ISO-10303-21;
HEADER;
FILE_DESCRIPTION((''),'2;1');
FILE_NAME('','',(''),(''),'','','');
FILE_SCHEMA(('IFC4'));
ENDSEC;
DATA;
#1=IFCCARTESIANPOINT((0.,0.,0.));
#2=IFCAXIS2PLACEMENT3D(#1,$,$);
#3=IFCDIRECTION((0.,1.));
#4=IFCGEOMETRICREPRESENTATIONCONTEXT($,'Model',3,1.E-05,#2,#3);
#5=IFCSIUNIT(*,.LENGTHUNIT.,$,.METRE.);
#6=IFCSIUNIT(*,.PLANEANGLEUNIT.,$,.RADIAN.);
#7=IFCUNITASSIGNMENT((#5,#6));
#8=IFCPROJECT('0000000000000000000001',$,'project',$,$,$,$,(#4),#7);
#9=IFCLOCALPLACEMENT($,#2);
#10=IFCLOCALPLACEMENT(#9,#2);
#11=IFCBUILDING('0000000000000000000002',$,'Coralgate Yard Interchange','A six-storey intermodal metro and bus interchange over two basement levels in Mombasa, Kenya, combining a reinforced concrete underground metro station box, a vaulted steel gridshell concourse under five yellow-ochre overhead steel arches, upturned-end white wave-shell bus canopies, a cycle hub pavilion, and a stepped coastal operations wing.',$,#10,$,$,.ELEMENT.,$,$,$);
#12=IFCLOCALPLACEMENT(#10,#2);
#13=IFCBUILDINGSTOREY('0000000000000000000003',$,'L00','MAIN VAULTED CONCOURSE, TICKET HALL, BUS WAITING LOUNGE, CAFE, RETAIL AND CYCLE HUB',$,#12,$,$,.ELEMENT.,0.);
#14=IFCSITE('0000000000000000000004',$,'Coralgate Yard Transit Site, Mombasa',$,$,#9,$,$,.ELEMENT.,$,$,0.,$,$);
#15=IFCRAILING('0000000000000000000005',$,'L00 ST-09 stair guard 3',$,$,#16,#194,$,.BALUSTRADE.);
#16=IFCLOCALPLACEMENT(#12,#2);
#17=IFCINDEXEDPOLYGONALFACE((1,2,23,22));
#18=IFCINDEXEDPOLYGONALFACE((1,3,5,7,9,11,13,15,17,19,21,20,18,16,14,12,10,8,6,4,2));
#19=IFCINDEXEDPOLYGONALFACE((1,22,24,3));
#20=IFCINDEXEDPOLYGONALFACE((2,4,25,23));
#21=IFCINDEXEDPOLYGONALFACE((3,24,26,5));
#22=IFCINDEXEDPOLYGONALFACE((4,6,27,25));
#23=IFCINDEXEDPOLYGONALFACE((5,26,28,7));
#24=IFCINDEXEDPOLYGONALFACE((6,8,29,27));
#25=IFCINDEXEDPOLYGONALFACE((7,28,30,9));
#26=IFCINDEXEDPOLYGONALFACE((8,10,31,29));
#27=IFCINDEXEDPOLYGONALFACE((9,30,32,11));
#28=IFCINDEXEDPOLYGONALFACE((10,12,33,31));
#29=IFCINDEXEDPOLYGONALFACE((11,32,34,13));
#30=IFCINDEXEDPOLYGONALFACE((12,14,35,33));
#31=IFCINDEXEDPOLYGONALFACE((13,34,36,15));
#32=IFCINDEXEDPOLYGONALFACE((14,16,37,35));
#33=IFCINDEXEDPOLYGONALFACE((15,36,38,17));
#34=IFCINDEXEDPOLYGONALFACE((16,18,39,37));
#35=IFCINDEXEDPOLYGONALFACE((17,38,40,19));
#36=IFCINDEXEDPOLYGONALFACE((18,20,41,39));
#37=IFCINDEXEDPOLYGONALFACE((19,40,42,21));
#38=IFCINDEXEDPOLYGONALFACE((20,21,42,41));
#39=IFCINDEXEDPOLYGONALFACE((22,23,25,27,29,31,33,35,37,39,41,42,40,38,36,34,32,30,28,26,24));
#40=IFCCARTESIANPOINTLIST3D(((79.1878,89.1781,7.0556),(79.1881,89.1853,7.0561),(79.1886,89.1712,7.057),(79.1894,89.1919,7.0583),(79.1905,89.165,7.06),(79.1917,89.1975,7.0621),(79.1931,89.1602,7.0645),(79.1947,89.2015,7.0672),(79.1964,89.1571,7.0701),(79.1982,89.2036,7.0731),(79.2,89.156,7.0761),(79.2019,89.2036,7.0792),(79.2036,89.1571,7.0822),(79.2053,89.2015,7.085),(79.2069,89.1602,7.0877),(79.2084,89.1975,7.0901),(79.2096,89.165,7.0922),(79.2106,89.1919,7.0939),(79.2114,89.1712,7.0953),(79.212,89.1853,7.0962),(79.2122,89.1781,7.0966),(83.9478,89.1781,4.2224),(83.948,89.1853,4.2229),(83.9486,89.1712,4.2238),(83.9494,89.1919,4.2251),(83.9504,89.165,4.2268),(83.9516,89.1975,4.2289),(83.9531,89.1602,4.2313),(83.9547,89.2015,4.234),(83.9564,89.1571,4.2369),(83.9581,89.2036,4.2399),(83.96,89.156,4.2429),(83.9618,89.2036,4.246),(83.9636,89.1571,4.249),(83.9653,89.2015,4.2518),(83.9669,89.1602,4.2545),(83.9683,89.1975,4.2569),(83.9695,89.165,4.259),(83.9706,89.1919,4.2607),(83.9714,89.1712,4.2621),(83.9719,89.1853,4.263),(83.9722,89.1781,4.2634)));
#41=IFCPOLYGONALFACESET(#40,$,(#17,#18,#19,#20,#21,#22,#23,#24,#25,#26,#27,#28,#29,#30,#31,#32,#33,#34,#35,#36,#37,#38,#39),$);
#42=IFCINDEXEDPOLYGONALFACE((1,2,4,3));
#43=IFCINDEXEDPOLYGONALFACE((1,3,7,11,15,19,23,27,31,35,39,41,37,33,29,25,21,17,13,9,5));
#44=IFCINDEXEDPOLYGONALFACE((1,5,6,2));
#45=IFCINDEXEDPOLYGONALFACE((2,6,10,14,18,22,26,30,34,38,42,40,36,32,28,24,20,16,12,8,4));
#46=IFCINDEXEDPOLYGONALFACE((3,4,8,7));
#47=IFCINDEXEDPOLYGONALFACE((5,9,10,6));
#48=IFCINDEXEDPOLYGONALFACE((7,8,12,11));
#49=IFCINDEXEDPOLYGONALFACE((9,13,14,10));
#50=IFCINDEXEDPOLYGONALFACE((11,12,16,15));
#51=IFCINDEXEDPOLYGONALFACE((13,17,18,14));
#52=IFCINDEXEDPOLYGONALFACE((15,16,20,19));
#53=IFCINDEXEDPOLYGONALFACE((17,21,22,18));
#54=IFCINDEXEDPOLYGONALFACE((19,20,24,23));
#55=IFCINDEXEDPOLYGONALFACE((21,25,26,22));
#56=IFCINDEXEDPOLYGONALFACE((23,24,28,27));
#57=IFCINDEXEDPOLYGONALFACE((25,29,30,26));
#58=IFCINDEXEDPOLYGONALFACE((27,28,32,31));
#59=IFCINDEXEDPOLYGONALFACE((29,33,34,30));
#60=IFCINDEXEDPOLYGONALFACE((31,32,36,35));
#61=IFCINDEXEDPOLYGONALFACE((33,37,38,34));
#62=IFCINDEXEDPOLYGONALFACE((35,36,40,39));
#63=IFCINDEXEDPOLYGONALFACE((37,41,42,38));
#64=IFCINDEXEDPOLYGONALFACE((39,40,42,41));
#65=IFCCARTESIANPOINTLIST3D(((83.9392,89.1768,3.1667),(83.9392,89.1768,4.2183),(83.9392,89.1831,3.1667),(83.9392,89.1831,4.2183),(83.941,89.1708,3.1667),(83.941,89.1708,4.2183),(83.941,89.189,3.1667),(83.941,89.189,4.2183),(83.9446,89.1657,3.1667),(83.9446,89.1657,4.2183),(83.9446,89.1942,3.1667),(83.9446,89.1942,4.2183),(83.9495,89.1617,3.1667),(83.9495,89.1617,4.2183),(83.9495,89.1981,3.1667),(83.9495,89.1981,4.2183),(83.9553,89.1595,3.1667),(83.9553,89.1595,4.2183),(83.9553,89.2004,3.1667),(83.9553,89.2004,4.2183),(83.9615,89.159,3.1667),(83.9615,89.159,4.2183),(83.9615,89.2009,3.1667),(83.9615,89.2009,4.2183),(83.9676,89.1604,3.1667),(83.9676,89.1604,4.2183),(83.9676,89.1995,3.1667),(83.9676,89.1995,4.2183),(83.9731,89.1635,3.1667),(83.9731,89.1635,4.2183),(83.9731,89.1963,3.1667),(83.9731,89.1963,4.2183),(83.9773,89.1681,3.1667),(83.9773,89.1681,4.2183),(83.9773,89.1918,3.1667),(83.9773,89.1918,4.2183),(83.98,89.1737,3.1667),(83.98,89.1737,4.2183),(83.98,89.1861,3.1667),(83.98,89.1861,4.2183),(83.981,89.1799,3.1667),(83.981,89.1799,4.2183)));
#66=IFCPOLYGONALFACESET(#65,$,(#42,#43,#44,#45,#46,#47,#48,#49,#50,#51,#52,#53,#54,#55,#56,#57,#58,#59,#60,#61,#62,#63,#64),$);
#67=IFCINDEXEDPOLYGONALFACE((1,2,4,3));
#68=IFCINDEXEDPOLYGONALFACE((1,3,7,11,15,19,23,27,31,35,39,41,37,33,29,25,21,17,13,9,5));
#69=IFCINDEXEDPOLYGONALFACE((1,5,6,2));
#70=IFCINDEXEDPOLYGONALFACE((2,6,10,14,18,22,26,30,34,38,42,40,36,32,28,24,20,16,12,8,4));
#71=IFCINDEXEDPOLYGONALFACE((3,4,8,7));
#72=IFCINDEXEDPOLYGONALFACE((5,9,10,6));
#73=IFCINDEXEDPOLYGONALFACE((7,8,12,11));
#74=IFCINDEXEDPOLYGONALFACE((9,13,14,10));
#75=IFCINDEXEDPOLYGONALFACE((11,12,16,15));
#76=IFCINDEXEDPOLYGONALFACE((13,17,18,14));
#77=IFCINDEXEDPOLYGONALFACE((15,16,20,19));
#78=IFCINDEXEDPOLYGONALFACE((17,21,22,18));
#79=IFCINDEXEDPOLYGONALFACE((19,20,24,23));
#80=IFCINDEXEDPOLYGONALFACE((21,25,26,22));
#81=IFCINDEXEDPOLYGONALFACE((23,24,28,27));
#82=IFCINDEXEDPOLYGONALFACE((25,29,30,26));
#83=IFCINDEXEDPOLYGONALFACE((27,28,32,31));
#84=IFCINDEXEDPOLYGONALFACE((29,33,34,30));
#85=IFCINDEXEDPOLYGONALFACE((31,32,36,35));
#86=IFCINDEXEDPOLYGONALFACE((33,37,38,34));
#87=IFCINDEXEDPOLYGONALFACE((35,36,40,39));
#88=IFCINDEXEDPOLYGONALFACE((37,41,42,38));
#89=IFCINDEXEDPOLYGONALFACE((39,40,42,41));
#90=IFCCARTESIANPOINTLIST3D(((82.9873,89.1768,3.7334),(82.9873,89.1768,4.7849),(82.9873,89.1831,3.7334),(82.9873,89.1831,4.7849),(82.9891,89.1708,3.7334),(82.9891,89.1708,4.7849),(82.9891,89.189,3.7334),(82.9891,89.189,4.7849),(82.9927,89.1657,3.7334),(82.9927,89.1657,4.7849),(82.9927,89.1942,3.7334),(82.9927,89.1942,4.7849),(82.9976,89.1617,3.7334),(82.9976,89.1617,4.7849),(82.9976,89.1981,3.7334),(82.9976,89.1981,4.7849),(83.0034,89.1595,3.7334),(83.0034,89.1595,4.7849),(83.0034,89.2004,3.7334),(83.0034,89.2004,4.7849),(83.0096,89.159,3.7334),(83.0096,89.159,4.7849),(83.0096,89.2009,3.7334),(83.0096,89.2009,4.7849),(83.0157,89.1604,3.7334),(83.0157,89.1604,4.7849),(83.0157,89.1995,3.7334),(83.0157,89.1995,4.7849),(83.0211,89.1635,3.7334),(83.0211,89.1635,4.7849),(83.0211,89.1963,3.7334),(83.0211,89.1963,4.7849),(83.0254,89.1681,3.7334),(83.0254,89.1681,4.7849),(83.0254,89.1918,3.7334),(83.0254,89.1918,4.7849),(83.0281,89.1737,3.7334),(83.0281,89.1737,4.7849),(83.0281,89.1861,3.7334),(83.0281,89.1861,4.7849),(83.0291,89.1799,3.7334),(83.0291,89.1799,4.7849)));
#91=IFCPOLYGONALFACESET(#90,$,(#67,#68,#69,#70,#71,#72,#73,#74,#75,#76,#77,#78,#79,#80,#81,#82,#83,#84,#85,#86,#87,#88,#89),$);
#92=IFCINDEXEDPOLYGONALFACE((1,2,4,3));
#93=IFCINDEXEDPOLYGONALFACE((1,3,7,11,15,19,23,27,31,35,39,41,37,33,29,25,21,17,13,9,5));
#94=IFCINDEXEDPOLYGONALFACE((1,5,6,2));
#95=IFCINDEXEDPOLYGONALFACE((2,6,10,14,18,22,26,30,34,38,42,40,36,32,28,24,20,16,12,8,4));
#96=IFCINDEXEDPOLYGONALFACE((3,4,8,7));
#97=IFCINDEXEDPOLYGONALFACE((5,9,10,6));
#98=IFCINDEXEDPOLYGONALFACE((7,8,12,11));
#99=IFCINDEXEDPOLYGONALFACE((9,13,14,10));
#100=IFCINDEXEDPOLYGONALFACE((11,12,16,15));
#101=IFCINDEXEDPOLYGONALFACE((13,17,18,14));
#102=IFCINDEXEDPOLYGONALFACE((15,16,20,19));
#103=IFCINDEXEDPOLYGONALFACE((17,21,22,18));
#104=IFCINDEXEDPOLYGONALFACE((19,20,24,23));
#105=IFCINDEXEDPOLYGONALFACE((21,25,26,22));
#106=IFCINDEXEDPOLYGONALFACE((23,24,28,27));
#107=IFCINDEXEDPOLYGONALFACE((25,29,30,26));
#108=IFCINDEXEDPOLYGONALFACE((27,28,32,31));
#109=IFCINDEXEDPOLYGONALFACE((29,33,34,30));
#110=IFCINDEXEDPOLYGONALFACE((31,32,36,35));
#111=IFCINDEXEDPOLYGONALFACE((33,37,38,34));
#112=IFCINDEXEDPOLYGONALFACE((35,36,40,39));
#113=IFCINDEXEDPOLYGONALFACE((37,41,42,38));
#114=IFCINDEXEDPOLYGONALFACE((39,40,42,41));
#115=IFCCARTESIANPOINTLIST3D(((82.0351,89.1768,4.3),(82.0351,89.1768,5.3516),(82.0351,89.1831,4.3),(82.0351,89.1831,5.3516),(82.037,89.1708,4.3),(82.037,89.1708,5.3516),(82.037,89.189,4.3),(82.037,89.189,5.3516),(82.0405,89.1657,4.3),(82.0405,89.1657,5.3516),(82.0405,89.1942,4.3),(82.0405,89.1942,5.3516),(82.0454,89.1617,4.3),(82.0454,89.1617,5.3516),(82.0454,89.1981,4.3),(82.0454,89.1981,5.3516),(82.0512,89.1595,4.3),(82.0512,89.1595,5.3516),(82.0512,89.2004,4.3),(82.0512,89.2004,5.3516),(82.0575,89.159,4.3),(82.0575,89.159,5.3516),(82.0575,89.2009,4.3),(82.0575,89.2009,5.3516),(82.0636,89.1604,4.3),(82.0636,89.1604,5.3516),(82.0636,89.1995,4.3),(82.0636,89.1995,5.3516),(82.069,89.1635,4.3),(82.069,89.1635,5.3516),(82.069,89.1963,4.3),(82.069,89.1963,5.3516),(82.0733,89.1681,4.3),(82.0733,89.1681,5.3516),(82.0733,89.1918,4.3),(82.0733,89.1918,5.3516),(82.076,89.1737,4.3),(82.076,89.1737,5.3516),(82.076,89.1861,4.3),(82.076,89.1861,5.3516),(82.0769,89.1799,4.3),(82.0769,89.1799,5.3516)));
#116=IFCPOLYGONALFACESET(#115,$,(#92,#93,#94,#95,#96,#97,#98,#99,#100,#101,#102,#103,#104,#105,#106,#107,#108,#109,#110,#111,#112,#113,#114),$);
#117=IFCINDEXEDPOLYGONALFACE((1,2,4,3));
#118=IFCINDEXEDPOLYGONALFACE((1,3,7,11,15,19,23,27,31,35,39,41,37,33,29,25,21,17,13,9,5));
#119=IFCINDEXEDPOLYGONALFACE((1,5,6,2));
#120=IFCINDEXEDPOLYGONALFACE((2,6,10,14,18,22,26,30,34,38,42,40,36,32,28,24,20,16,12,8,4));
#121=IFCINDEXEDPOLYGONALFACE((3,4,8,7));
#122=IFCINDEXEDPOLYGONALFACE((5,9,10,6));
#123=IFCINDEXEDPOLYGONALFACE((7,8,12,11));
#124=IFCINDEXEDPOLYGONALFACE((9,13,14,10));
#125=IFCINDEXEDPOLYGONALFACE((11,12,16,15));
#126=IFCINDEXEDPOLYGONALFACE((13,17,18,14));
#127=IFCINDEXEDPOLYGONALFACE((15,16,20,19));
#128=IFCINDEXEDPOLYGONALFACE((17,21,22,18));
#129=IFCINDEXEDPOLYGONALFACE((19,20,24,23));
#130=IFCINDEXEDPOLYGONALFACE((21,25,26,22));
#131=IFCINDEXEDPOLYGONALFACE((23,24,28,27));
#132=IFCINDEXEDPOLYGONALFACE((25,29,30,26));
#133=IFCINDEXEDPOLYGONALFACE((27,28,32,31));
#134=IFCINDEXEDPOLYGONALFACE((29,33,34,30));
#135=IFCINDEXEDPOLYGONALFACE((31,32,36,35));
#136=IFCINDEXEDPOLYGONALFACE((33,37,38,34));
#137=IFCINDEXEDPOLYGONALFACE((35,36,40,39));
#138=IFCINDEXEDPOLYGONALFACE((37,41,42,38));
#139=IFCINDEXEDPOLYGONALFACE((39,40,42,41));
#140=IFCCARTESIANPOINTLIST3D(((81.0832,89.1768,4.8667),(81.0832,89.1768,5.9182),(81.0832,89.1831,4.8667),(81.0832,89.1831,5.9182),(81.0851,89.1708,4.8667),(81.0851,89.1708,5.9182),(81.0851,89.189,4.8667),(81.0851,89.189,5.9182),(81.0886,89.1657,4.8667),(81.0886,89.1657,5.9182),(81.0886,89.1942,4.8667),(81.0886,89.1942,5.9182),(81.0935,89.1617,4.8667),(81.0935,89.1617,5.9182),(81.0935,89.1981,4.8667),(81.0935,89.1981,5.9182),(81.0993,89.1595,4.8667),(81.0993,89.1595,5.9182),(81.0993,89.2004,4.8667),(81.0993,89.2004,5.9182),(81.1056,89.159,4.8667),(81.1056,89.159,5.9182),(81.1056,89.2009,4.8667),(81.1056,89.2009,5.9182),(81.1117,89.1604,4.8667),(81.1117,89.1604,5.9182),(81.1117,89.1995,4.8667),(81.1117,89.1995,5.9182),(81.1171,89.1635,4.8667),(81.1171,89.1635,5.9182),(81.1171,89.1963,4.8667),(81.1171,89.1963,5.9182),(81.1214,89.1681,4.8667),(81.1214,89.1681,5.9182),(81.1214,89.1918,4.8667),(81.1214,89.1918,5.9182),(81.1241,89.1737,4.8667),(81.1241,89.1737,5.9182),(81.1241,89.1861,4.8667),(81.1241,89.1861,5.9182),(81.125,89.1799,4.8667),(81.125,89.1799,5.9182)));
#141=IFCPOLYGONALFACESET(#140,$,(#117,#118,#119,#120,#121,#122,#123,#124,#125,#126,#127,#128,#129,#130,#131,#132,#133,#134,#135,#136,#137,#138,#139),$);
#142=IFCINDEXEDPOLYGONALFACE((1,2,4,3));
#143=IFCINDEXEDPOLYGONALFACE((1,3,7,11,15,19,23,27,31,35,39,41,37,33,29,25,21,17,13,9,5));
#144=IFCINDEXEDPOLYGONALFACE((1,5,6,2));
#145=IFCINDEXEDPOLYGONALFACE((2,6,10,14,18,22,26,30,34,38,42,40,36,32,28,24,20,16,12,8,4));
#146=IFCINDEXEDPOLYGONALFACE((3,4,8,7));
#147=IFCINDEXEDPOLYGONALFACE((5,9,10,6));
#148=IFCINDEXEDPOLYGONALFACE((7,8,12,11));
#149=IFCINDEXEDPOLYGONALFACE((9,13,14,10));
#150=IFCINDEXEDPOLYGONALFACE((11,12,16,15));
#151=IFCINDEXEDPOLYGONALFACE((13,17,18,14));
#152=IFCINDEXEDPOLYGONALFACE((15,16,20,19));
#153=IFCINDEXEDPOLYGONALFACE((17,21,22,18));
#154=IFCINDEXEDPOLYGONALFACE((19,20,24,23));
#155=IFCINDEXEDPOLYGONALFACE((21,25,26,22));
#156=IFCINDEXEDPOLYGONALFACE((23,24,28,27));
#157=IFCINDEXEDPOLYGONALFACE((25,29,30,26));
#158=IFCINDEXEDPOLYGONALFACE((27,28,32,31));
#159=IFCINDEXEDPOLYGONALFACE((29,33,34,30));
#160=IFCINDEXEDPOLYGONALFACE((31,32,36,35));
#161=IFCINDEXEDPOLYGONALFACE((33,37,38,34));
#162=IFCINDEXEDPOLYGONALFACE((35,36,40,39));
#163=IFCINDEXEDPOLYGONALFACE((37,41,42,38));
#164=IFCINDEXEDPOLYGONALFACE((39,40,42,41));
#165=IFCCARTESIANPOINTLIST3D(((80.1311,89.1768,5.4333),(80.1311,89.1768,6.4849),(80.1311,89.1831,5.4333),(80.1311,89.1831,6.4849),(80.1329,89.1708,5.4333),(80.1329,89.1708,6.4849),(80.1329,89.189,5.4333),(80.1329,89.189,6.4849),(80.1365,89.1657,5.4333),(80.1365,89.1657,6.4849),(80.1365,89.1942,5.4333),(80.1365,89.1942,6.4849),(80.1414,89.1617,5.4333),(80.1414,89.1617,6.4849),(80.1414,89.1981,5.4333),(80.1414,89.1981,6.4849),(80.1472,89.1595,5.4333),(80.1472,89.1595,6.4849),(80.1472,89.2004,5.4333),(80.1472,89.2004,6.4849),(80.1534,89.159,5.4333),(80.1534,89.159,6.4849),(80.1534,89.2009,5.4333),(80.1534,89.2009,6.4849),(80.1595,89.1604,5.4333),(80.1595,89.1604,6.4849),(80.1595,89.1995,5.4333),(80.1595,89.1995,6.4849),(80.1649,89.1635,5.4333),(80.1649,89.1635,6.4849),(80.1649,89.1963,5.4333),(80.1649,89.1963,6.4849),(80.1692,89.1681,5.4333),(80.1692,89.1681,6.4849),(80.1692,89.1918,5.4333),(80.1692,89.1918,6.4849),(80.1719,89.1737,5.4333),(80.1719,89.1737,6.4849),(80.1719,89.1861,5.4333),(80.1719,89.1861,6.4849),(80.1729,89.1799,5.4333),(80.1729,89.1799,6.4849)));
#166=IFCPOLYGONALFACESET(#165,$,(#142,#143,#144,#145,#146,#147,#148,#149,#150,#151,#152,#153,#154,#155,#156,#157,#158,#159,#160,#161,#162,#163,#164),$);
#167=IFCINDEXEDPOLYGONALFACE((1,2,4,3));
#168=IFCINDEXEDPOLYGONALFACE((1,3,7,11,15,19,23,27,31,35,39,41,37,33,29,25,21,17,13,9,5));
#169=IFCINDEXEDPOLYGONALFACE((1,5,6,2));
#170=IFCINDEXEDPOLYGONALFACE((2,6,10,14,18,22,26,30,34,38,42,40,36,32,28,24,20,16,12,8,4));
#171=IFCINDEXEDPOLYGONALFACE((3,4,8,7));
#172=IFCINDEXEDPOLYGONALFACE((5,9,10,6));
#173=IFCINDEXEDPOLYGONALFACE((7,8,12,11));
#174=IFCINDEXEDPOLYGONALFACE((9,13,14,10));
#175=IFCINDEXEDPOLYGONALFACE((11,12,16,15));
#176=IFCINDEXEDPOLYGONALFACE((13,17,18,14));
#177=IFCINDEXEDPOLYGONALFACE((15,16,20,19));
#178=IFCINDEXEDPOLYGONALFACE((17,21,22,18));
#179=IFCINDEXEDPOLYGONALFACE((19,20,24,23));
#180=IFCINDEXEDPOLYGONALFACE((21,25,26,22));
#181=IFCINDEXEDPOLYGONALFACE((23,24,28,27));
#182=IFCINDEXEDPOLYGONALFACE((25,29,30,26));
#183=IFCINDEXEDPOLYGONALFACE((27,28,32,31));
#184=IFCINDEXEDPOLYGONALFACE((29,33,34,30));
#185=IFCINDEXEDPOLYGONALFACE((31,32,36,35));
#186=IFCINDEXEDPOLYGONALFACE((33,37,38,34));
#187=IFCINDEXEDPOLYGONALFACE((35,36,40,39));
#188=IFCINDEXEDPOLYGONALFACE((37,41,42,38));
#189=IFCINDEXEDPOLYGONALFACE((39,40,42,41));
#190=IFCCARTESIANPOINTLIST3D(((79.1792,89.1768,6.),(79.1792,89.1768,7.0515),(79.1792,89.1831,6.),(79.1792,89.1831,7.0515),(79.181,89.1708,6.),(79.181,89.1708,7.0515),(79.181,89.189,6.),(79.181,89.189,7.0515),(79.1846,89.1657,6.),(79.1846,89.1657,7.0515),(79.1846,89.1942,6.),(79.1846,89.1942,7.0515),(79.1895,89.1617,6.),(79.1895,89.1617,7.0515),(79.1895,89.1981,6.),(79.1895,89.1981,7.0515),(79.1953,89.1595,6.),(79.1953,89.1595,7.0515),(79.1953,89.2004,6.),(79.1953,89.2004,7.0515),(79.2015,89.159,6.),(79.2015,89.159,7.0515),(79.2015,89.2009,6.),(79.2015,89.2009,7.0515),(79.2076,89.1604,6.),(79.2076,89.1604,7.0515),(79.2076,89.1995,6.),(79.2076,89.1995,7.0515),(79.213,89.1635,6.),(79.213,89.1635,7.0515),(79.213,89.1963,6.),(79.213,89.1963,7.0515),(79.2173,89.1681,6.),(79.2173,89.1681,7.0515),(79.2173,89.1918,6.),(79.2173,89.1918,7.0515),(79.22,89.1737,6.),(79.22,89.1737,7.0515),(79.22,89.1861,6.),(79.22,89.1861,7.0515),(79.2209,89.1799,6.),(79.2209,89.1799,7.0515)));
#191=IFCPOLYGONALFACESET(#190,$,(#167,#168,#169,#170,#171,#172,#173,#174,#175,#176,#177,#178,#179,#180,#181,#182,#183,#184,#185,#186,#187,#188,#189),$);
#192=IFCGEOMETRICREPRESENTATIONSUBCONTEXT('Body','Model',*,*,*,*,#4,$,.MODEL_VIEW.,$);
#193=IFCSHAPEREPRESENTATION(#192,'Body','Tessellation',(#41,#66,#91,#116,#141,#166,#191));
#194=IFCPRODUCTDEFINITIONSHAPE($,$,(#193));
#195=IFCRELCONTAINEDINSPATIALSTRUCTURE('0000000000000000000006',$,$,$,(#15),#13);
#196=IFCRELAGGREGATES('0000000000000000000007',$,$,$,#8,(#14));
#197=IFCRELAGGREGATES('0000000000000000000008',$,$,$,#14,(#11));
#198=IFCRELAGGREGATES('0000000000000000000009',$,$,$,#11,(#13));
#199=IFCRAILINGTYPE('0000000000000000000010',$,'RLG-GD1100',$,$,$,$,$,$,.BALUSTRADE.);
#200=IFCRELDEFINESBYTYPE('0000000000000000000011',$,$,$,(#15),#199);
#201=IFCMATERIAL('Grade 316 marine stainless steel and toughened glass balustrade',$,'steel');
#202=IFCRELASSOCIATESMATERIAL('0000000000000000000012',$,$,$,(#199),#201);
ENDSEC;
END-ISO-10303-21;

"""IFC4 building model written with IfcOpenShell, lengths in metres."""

from ifc_helpers import new_model, si_unit, direction, frame, origin, origin_2d, place, context, subcontext, project, spatial, circle, extrude, material, type_object, element, save


model = new_model("IFC4")

# Units and contexts
model_context = context("Model", 3, precision=1e-05, world=origin(), true_north=direction((0.0, 1.0)))
body_context = subcontext(model_context, "Body", "Model", "MODEL_VIEW")
ifc_project = project(units=[si_unit("LENGTHUNIT", "METRE"), si_unit("PLANEANGLEUNIT", "RADIAN")], contexts=[model_context])

# Site, building, storey
site_placement = place(None, origin())
site = spatial("IfcSite", under=ifc_project, at=site_placement, Name="Coralgate Yard Transit Site, Mombasa", CompositionType="ELEMENT", RefElevation=0.0)
building_placement = place(site_placement, origin())
building = spatial("IfcBuilding", under=site, at=building_placement, Name="Coralgate Yard Interchange", Description="A six-storey intermodal metro and bus interchange over two basement levels in Mombasa, Kenya, combining a reinforced concrete underground metro station box, a vaulted steel gridshell concourse under five yellow-ochre overhead steel arches, upturned-end white wave-shell bus canopies, a cycle hub pavilion, and a stepped coastal operations wing.", CompositionType="ELEMENT")
storey_placement = place(building_placement, origin())
storey = spatial("IfcBuildingStorey", under=building, at=storey_placement, Name="L00", Description="MAIN VAULTED CONCOURSE, TICKET HALL, BUS WAITING LOUNGE, CAFE, RETAIL AND CYCLE HUB", CompositionType="ELEMENT", Elevation=0.0)

# Railing
ifc_material_1 = material(Name="Grade 316 marine stainless steel and toughened glass balustrade", Category="steel")
railing_type_1 = type_object("IfcRailingType", Name="RLG-GD1100", PredefinedType="BALUSTRADE", material=ifc_material_1)
railing_1_placement = place(storey_placement, frame((83.96, 89.1799, 3.1667)))
element("IfcRailing", 1, at=railing_1_placement, inside=storey, type_object=railing_type_1, Name="L00 ST-09 stair guard 3", PredefinedType="BALUSTRADE", context=body_context, shape_type="SweptSolid", body=[
    extrude(circle(Radius=0.0239, at=origin_2d()), frame((0.0, 0.0, 1.0762), z_axis=(-0.8593, 0.0, 0.511472), x_axis=(0.0, -1.0, 0.0)), (0.0, 0.0, 1.0), 5.5393),
    extrude(circle(Radius=0.021, at=origin_2d()), origin(), (0.0, 0.0, 1.0), 1.0515),
    extrude(circle(Radius=0.021, at=origin_2d()), frame((-0.9519, 0.0, 0.5667)), (0.0, 0.0, 1.0), 1.0515),
    extrude(circle(Radius=0.021, at=origin_2d()), frame((-1.9041, 0.0, 1.1333)), (0.0, 0.0, 1.0), 1.0515),
    extrude(circle(Radius=0.021, at=origin_2d()), frame((-2.856, 0.0, 1.7)), (0.0, 0.0, 1.0), 1.0515),
    extrude(circle(Radius=0.021, at=origin_2d()), frame((-3.8081, 0.0, 2.2666)), (0.0, 0.0, 1.0), 1.0515),
    extrude(circle(Radius=0.021, at=origin_2d()), frame((-4.76, 0.0, 2.8333)), (0.0, 0.0, 1.0), 1.0515),
])

save(model, "model.ifc")
